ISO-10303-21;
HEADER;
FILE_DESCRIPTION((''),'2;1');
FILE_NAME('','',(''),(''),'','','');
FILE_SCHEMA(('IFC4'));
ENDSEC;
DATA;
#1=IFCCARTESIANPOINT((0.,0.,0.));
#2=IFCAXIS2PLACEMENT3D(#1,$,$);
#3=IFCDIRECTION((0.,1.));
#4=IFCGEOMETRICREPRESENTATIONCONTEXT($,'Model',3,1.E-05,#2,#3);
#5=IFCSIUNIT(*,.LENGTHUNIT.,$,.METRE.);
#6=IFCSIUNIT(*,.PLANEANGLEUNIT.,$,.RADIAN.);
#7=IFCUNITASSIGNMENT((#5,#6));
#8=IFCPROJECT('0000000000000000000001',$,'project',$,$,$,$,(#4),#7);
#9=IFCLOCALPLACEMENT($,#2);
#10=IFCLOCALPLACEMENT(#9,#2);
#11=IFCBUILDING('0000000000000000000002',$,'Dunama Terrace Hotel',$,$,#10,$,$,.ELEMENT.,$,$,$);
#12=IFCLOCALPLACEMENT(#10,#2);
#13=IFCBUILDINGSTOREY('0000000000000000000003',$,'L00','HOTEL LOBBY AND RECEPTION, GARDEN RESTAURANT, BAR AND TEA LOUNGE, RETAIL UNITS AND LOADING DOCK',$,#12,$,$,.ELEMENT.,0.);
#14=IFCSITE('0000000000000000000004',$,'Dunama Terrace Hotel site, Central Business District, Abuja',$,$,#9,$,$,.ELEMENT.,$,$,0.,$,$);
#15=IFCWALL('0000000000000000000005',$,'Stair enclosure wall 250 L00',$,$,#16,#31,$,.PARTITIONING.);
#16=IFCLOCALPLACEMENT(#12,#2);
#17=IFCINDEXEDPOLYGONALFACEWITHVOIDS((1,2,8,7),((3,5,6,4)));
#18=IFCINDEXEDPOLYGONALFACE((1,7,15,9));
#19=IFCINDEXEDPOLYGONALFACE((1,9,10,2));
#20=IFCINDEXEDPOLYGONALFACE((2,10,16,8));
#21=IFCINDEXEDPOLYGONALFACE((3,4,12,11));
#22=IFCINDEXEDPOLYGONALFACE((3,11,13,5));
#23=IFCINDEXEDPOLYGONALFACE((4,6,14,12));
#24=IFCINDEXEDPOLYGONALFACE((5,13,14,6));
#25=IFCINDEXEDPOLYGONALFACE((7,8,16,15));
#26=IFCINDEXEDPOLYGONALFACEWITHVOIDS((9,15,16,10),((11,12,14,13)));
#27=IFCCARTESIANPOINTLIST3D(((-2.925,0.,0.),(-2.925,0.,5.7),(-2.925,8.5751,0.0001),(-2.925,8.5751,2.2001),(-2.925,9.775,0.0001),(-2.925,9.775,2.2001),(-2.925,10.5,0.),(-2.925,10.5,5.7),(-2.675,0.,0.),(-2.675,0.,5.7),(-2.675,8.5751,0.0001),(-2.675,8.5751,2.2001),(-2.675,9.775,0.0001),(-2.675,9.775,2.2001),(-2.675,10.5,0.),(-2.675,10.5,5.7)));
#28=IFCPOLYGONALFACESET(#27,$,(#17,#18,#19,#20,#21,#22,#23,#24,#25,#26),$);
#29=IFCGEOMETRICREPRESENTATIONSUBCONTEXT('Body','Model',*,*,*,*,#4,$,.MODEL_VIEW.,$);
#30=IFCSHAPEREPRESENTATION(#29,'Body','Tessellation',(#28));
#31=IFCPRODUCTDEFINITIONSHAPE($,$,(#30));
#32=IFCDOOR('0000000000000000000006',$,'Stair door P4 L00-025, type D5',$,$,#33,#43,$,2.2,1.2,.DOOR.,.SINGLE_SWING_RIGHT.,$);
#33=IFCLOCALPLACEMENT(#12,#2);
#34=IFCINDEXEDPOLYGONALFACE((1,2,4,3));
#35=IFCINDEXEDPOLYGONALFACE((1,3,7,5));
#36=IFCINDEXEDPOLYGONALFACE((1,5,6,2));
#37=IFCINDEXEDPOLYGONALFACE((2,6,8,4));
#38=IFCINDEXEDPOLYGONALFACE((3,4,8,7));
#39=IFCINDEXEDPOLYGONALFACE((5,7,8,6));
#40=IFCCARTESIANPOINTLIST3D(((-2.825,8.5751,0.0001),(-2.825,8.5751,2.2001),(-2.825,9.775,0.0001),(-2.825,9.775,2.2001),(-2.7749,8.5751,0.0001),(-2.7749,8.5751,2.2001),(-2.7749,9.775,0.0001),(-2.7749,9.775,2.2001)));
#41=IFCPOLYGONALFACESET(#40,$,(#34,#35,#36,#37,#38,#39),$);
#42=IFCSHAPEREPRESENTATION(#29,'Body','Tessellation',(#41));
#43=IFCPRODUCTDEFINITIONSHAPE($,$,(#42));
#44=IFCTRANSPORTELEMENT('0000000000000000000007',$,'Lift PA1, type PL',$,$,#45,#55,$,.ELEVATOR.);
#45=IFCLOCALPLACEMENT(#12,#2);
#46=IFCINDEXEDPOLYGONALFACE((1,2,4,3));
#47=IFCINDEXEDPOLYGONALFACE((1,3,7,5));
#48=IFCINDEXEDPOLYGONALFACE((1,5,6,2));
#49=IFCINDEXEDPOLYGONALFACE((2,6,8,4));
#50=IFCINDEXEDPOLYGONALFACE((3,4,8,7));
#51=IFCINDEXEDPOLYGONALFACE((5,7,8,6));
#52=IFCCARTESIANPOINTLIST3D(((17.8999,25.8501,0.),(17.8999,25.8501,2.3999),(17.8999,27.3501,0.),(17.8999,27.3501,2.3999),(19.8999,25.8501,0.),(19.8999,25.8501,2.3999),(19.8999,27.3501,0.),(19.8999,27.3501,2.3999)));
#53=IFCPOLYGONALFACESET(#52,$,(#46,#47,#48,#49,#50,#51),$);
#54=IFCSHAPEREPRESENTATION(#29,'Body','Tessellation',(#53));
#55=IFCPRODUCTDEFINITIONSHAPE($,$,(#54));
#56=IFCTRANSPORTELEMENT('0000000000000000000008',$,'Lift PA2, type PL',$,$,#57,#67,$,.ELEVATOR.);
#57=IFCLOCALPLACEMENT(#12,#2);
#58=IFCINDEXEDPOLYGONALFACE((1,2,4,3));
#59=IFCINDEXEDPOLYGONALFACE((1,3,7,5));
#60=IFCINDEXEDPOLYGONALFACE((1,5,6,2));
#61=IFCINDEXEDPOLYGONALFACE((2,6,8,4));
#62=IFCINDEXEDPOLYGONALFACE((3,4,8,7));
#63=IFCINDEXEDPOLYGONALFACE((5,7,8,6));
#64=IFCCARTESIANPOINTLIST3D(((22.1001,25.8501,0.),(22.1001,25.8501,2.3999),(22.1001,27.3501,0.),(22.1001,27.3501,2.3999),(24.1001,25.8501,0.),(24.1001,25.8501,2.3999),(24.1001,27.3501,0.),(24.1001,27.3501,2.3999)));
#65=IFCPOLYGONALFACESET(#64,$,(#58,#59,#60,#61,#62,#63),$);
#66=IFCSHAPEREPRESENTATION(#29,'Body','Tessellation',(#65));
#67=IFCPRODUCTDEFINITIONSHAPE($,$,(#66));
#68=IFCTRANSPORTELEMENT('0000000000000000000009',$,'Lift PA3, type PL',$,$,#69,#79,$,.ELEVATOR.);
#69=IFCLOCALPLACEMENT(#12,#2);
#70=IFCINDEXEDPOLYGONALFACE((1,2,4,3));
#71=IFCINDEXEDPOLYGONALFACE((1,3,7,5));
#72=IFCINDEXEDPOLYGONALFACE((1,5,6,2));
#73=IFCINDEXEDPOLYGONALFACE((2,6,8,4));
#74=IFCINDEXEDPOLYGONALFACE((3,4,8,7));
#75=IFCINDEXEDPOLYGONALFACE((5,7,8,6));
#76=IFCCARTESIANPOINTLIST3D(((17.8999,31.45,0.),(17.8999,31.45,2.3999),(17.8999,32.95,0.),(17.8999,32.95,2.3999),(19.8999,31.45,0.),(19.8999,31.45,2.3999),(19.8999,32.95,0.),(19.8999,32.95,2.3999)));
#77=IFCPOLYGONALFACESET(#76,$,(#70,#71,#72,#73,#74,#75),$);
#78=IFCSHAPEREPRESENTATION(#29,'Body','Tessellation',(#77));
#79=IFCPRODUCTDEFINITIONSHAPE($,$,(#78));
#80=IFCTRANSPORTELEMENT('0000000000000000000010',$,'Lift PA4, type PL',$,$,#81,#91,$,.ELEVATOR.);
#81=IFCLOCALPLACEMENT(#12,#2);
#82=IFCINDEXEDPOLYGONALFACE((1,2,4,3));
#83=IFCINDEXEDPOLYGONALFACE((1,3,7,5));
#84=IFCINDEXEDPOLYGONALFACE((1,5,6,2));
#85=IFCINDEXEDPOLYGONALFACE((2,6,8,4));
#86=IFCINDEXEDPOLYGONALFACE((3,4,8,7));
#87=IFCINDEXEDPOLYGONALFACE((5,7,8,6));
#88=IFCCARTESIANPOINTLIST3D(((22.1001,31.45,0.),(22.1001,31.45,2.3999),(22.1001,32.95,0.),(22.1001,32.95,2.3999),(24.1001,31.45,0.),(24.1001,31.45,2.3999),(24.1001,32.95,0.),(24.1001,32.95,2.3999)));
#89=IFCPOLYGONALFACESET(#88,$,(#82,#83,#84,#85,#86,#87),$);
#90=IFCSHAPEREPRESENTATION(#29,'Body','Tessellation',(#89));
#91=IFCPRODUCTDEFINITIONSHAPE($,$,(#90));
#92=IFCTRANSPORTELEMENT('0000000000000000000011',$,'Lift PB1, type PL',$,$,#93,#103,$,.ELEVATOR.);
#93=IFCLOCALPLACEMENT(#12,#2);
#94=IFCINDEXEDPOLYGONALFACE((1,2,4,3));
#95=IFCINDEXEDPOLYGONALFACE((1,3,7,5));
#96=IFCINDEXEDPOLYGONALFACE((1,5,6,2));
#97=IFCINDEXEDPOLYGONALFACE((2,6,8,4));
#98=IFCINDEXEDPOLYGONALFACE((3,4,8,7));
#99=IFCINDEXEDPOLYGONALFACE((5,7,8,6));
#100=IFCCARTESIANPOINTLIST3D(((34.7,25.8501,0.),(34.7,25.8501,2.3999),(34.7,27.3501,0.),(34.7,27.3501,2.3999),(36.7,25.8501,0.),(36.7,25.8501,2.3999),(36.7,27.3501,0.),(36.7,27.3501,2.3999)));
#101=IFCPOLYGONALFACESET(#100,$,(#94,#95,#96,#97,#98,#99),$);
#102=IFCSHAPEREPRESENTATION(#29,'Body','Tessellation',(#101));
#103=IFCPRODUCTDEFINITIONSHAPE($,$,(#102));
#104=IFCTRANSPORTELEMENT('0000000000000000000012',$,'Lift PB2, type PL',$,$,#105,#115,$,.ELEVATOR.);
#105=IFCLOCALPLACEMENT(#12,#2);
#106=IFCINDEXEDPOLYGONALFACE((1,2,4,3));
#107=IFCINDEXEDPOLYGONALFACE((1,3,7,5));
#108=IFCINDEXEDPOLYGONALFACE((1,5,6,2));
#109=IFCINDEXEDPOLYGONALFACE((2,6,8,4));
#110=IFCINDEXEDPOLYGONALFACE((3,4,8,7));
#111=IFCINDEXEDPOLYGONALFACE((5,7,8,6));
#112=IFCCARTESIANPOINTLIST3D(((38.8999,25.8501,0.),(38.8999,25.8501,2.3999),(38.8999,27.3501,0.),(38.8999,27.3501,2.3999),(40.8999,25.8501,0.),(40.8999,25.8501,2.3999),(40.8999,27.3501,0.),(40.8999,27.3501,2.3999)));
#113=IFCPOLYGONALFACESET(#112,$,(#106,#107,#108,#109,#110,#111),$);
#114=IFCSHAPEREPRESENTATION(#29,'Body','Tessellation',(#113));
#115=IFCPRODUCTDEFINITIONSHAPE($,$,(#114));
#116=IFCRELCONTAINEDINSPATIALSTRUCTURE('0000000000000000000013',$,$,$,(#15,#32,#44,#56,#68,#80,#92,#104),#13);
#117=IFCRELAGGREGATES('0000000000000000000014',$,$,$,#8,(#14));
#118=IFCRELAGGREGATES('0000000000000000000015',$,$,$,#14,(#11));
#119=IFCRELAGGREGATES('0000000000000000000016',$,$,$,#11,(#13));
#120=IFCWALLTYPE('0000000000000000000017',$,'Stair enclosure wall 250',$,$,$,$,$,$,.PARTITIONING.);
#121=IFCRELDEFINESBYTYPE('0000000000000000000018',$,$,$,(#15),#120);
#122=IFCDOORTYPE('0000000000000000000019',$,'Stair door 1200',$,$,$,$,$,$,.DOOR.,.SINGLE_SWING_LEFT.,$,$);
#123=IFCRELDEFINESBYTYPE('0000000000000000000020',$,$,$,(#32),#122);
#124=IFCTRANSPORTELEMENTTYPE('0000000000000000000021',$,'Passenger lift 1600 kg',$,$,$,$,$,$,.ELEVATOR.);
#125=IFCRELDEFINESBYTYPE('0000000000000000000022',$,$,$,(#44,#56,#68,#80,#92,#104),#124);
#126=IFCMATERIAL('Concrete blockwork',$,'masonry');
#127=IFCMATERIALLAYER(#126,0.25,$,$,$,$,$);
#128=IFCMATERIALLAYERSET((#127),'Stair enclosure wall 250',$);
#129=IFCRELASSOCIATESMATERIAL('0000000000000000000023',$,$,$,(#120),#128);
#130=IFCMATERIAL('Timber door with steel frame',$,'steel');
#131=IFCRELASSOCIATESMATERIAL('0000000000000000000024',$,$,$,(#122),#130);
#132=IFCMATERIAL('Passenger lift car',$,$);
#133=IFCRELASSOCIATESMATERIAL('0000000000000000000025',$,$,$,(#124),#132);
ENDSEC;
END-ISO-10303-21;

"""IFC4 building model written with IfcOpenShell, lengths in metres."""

from ifc_helpers import new_model, si_unit, direction, frame, frame_2d, origin, origin_2d, place, context, subcontext, project, spatial, rectangle, extrude, material, layer, layer_set, type_object, element, fill, save


model = new_model("IFC4")

# Units and contexts
model_context = context("Model", 3, precision=1e-05, world=origin(), true_north=direction((0.0, 1.0)))
body_context = subcontext(model_context, "Body", "Model", "MODEL_VIEW")
ifc_project = project(units=[si_unit("LENGTHUNIT", "METRE"), si_unit("PLANEANGLEUNIT", "RADIAN")], contexts=[model_context])

# Site, building, storey
site_placement = place(None, origin())
site = spatial("IfcSite", under=ifc_project, at=site_placement, Name="Dunama Terrace Hotel site, Central Business District, Abuja", CompositionType="ELEMENT", RefElevation=0.0)
building_placement = place(site_placement, origin())
building = spatial("IfcBuilding", under=site, at=building_placement, Name="Dunama Terrace Hotel", CompositionType="ELEMENT")
storey_placement = place(building_placement, origin())
storey = spatial("IfcBuildingStorey", under=building, at=storey_placement, Name="L00", Description="HOTEL LOBBY AND RECEPTION, GARDEN RESTAURANT, BAR AND TEA LOUNGE, RETAIL UNITS AND LOADING DOCK", CompositionType="ELEMENT", Elevation=0.0)

# Wall, opening, door
ifc_material_1 = material(Name="Concrete blockwork", Category="masonry")
ifc_layer_1 = layer(ifc_material_1, 0.25)
ifc_layer_set_1 = layer_set([ifc_layer_1], Name="Stair enclosure wall 250")
wall_type_1 = type_object("IfcWallType", Name="Stair enclosure wall 250", PredefinedType="PARTITIONING", material=ifc_layer_set_1)
wall_1_placement = place(storey_placement, frame((-2.8, 0.0, 0.0), z_axis=(0.0, 0.0, 1.0), x_axis=(0.0, 1.0, 0.0)))
wall_1 = element("IfcWall", 1, at=wall_1_placement, inside=storey, type_object=wall_type_1, Name="Stair enclosure wall 250 L00", PredefinedType="PARTITIONING", context=body_context, shape_type="SweptSolid", body=[
    extrude(rectangle(XDim=10.5, YDim=0.25, at=frame_2d((5.25, 0.0))), origin(), (0.0, 0.0, 1.0), 5.7),
])
opening_1_placement = place(wall_1_placement, frame((8.575, 0.0, 0.0)))
opening_1 = element("IfcOpeningElement", 2, at=opening_1_placement, cuts=wall_1, PredefinedType="OPENING", context=body_context, shape_type="SweptSolid", body=[
    extrude(rectangle(XDim=1.2, YDim=2.2, at=frame_2d((0.6001, 1.1001))), frame((0.0, 0.135, 0.0), z_axis=(0.0, -1.0, 0.0), x_axis=(1.0, 0.0, 0.0)), (0.0, 0.0, 1.0), 0.27),
])
ifc_material_2 = material(Name="Timber door with steel frame", Category="steel")
door_type_1 = type_object("IfcDoorType", Name="Stair door 1200", OperationType="SINGLE_SWING_LEFT", PredefinedType="DOOR", material=ifc_material_2)
door_1_placement = place(opening_1_placement, frame((1.2, 0.0, 0.0), z_axis=(0.0, 0.0, 1.0), x_axis=(-1.0, 0.0, 0.0)))
door_1 = element("IfcDoor", 3, at=door_1_placement, inside=storey, type_object=door_type_1, Name="Stair door P4 L00-025, type D5", OperationType="SINGLE_SWING_RIGHT", OverallHeight=2.2, OverallWidth=1.2, PredefinedType="DOOR", context=body_context, shape_type="SweptSolid", body=[
    extrude(rectangle(XDim=1.2, YDim=2.2, at=frame_2d((0.5999, 1.1001))), frame((0.0, 0.0251, 0.0), z_axis=(0.0, -1.0, 0.0), x_axis=(1.0, 0.0, 0.0)), (0.0, 0.0, 1.0), 0.05),
])
fill(opening_1, door_1)

# Transport elements
ifc_material_3 = material(Name="Passenger lift car")
transport_element_type = type_object("IfcTransportElementType", Name="Passenger lift 1600 kg", PredefinedType="ELEVATOR", material=ifc_material_3)
transport_element_1_placement = place(storey_placement, origin())
element("IfcTransportElement", 4, at=transport_element_1_placement, inside=storey, type_object=transport_element_type, Name="Lift PA1, type PL", PredefinedType="ELEVATOR", context=body_context, shape_type="SweptSolid", body=[
    extrude(rectangle(XDim=2.0, YDim=1.5, at=origin_2d()), frame((18.8999, 26.6001, 0.0), z_axis=(0.0, 0.0, 1.0), x_axis=(1.0, 0.0, 0.0)), (0.0, 0.0, 1.0), 2.3999),
])
transport_element_2_placement = place(storey_placement, origin())
element("IfcTransportElement", 5, at=transport_element_2_placement, inside=storey, type_object=transport_element_type, Name="Lift PA2, type PL", PredefinedType="ELEVATOR", context=body_context, shape_type="SweptSolid", body=[
    extrude(rectangle(XDim=2.0, YDim=1.5, at=origin_2d()), frame((23.1001, 26.6001, 0.0), z_axis=(0.0, 0.0, 1.0), x_axis=(1.0, 0.0, 0.0)), (0.0, 0.0, 1.0), 2.3999),
])
transport_element_3_placement = place(storey_placement, origin())
element("IfcTransportElement", 6, at=transport_element_3_placement, inside=storey, type_object=transport_element_type, Name="Lift PA3, type PL", PredefinedType="ELEVATOR", context=body_context, shape_type="SweptSolid", body=[
    extrude(rectangle(XDim=2.0, YDim=1.5, at=origin_2d()), frame((18.8999, 32.2, 0.0), z_axis=(0.0, 0.0, 1.0), x_axis=(1.0, 0.0, 0.0)), (0.0, 0.0, 1.0), 2.3999),
])
transport_element_4_placement = place(storey_placement, origin())
element("IfcTransportElement", 7, at=transport_element_4_placement, inside=storey, type_object=transport_element_type, Name="Lift PA4, type PL", PredefinedType="ELEVATOR", context=body_context, shape_type="SweptSolid", body=[
    extrude(rectangle(XDim=2.0, YDim=1.5, at=origin_2d()), frame((23.1001, 32.2, 0.0), z_axis=(0.0, 0.0, 1.0), x_axis=(1.0, 0.0, 0.0)), (0.0, 0.0, 1.0), 2.3999),
])
transport_element_5_placement = place(storey_placement, origin())
element("IfcTransportElement", 8, at=transport_element_5_placement, inside=storey, type_object=transport_element_type, Name="Lift PB1, type PL", PredefinedType="ELEVATOR", context=body_context, shape_type="SweptSolid", body=[
    extrude(rectangle(XDim=2.0, YDim=1.5, at=origin_2d()), frame((35.7, 26.6001, 0.0), z_axis=(0.0, 0.0, 1.0), x_axis=(1.0, 0.0, 0.0)), (0.0, 0.0, 1.0), 2.3999),
])
transport_element_6_placement = place(storey_placement, origin())
element("IfcTransportElement", 9, at=transport_element_6_placement, inside=storey, type_object=transport_element_type, Name="Lift PB2, type PL", PredefinedType="ELEVATOR", context=body_context, shape_type="SweptSolid", body=[
    extrude(rectangle(XDim=2.0, YDim=1.5, at=origin_2d()), frame((39.8999, 26.6001, 0.0), z_axis=(0.0, 0.0, 1.0), x_axis=(1.0, 0.0, 0.0)), (0.0, 0.0, 1.0), 2.3999),
])

save(model, "model.ifc")
